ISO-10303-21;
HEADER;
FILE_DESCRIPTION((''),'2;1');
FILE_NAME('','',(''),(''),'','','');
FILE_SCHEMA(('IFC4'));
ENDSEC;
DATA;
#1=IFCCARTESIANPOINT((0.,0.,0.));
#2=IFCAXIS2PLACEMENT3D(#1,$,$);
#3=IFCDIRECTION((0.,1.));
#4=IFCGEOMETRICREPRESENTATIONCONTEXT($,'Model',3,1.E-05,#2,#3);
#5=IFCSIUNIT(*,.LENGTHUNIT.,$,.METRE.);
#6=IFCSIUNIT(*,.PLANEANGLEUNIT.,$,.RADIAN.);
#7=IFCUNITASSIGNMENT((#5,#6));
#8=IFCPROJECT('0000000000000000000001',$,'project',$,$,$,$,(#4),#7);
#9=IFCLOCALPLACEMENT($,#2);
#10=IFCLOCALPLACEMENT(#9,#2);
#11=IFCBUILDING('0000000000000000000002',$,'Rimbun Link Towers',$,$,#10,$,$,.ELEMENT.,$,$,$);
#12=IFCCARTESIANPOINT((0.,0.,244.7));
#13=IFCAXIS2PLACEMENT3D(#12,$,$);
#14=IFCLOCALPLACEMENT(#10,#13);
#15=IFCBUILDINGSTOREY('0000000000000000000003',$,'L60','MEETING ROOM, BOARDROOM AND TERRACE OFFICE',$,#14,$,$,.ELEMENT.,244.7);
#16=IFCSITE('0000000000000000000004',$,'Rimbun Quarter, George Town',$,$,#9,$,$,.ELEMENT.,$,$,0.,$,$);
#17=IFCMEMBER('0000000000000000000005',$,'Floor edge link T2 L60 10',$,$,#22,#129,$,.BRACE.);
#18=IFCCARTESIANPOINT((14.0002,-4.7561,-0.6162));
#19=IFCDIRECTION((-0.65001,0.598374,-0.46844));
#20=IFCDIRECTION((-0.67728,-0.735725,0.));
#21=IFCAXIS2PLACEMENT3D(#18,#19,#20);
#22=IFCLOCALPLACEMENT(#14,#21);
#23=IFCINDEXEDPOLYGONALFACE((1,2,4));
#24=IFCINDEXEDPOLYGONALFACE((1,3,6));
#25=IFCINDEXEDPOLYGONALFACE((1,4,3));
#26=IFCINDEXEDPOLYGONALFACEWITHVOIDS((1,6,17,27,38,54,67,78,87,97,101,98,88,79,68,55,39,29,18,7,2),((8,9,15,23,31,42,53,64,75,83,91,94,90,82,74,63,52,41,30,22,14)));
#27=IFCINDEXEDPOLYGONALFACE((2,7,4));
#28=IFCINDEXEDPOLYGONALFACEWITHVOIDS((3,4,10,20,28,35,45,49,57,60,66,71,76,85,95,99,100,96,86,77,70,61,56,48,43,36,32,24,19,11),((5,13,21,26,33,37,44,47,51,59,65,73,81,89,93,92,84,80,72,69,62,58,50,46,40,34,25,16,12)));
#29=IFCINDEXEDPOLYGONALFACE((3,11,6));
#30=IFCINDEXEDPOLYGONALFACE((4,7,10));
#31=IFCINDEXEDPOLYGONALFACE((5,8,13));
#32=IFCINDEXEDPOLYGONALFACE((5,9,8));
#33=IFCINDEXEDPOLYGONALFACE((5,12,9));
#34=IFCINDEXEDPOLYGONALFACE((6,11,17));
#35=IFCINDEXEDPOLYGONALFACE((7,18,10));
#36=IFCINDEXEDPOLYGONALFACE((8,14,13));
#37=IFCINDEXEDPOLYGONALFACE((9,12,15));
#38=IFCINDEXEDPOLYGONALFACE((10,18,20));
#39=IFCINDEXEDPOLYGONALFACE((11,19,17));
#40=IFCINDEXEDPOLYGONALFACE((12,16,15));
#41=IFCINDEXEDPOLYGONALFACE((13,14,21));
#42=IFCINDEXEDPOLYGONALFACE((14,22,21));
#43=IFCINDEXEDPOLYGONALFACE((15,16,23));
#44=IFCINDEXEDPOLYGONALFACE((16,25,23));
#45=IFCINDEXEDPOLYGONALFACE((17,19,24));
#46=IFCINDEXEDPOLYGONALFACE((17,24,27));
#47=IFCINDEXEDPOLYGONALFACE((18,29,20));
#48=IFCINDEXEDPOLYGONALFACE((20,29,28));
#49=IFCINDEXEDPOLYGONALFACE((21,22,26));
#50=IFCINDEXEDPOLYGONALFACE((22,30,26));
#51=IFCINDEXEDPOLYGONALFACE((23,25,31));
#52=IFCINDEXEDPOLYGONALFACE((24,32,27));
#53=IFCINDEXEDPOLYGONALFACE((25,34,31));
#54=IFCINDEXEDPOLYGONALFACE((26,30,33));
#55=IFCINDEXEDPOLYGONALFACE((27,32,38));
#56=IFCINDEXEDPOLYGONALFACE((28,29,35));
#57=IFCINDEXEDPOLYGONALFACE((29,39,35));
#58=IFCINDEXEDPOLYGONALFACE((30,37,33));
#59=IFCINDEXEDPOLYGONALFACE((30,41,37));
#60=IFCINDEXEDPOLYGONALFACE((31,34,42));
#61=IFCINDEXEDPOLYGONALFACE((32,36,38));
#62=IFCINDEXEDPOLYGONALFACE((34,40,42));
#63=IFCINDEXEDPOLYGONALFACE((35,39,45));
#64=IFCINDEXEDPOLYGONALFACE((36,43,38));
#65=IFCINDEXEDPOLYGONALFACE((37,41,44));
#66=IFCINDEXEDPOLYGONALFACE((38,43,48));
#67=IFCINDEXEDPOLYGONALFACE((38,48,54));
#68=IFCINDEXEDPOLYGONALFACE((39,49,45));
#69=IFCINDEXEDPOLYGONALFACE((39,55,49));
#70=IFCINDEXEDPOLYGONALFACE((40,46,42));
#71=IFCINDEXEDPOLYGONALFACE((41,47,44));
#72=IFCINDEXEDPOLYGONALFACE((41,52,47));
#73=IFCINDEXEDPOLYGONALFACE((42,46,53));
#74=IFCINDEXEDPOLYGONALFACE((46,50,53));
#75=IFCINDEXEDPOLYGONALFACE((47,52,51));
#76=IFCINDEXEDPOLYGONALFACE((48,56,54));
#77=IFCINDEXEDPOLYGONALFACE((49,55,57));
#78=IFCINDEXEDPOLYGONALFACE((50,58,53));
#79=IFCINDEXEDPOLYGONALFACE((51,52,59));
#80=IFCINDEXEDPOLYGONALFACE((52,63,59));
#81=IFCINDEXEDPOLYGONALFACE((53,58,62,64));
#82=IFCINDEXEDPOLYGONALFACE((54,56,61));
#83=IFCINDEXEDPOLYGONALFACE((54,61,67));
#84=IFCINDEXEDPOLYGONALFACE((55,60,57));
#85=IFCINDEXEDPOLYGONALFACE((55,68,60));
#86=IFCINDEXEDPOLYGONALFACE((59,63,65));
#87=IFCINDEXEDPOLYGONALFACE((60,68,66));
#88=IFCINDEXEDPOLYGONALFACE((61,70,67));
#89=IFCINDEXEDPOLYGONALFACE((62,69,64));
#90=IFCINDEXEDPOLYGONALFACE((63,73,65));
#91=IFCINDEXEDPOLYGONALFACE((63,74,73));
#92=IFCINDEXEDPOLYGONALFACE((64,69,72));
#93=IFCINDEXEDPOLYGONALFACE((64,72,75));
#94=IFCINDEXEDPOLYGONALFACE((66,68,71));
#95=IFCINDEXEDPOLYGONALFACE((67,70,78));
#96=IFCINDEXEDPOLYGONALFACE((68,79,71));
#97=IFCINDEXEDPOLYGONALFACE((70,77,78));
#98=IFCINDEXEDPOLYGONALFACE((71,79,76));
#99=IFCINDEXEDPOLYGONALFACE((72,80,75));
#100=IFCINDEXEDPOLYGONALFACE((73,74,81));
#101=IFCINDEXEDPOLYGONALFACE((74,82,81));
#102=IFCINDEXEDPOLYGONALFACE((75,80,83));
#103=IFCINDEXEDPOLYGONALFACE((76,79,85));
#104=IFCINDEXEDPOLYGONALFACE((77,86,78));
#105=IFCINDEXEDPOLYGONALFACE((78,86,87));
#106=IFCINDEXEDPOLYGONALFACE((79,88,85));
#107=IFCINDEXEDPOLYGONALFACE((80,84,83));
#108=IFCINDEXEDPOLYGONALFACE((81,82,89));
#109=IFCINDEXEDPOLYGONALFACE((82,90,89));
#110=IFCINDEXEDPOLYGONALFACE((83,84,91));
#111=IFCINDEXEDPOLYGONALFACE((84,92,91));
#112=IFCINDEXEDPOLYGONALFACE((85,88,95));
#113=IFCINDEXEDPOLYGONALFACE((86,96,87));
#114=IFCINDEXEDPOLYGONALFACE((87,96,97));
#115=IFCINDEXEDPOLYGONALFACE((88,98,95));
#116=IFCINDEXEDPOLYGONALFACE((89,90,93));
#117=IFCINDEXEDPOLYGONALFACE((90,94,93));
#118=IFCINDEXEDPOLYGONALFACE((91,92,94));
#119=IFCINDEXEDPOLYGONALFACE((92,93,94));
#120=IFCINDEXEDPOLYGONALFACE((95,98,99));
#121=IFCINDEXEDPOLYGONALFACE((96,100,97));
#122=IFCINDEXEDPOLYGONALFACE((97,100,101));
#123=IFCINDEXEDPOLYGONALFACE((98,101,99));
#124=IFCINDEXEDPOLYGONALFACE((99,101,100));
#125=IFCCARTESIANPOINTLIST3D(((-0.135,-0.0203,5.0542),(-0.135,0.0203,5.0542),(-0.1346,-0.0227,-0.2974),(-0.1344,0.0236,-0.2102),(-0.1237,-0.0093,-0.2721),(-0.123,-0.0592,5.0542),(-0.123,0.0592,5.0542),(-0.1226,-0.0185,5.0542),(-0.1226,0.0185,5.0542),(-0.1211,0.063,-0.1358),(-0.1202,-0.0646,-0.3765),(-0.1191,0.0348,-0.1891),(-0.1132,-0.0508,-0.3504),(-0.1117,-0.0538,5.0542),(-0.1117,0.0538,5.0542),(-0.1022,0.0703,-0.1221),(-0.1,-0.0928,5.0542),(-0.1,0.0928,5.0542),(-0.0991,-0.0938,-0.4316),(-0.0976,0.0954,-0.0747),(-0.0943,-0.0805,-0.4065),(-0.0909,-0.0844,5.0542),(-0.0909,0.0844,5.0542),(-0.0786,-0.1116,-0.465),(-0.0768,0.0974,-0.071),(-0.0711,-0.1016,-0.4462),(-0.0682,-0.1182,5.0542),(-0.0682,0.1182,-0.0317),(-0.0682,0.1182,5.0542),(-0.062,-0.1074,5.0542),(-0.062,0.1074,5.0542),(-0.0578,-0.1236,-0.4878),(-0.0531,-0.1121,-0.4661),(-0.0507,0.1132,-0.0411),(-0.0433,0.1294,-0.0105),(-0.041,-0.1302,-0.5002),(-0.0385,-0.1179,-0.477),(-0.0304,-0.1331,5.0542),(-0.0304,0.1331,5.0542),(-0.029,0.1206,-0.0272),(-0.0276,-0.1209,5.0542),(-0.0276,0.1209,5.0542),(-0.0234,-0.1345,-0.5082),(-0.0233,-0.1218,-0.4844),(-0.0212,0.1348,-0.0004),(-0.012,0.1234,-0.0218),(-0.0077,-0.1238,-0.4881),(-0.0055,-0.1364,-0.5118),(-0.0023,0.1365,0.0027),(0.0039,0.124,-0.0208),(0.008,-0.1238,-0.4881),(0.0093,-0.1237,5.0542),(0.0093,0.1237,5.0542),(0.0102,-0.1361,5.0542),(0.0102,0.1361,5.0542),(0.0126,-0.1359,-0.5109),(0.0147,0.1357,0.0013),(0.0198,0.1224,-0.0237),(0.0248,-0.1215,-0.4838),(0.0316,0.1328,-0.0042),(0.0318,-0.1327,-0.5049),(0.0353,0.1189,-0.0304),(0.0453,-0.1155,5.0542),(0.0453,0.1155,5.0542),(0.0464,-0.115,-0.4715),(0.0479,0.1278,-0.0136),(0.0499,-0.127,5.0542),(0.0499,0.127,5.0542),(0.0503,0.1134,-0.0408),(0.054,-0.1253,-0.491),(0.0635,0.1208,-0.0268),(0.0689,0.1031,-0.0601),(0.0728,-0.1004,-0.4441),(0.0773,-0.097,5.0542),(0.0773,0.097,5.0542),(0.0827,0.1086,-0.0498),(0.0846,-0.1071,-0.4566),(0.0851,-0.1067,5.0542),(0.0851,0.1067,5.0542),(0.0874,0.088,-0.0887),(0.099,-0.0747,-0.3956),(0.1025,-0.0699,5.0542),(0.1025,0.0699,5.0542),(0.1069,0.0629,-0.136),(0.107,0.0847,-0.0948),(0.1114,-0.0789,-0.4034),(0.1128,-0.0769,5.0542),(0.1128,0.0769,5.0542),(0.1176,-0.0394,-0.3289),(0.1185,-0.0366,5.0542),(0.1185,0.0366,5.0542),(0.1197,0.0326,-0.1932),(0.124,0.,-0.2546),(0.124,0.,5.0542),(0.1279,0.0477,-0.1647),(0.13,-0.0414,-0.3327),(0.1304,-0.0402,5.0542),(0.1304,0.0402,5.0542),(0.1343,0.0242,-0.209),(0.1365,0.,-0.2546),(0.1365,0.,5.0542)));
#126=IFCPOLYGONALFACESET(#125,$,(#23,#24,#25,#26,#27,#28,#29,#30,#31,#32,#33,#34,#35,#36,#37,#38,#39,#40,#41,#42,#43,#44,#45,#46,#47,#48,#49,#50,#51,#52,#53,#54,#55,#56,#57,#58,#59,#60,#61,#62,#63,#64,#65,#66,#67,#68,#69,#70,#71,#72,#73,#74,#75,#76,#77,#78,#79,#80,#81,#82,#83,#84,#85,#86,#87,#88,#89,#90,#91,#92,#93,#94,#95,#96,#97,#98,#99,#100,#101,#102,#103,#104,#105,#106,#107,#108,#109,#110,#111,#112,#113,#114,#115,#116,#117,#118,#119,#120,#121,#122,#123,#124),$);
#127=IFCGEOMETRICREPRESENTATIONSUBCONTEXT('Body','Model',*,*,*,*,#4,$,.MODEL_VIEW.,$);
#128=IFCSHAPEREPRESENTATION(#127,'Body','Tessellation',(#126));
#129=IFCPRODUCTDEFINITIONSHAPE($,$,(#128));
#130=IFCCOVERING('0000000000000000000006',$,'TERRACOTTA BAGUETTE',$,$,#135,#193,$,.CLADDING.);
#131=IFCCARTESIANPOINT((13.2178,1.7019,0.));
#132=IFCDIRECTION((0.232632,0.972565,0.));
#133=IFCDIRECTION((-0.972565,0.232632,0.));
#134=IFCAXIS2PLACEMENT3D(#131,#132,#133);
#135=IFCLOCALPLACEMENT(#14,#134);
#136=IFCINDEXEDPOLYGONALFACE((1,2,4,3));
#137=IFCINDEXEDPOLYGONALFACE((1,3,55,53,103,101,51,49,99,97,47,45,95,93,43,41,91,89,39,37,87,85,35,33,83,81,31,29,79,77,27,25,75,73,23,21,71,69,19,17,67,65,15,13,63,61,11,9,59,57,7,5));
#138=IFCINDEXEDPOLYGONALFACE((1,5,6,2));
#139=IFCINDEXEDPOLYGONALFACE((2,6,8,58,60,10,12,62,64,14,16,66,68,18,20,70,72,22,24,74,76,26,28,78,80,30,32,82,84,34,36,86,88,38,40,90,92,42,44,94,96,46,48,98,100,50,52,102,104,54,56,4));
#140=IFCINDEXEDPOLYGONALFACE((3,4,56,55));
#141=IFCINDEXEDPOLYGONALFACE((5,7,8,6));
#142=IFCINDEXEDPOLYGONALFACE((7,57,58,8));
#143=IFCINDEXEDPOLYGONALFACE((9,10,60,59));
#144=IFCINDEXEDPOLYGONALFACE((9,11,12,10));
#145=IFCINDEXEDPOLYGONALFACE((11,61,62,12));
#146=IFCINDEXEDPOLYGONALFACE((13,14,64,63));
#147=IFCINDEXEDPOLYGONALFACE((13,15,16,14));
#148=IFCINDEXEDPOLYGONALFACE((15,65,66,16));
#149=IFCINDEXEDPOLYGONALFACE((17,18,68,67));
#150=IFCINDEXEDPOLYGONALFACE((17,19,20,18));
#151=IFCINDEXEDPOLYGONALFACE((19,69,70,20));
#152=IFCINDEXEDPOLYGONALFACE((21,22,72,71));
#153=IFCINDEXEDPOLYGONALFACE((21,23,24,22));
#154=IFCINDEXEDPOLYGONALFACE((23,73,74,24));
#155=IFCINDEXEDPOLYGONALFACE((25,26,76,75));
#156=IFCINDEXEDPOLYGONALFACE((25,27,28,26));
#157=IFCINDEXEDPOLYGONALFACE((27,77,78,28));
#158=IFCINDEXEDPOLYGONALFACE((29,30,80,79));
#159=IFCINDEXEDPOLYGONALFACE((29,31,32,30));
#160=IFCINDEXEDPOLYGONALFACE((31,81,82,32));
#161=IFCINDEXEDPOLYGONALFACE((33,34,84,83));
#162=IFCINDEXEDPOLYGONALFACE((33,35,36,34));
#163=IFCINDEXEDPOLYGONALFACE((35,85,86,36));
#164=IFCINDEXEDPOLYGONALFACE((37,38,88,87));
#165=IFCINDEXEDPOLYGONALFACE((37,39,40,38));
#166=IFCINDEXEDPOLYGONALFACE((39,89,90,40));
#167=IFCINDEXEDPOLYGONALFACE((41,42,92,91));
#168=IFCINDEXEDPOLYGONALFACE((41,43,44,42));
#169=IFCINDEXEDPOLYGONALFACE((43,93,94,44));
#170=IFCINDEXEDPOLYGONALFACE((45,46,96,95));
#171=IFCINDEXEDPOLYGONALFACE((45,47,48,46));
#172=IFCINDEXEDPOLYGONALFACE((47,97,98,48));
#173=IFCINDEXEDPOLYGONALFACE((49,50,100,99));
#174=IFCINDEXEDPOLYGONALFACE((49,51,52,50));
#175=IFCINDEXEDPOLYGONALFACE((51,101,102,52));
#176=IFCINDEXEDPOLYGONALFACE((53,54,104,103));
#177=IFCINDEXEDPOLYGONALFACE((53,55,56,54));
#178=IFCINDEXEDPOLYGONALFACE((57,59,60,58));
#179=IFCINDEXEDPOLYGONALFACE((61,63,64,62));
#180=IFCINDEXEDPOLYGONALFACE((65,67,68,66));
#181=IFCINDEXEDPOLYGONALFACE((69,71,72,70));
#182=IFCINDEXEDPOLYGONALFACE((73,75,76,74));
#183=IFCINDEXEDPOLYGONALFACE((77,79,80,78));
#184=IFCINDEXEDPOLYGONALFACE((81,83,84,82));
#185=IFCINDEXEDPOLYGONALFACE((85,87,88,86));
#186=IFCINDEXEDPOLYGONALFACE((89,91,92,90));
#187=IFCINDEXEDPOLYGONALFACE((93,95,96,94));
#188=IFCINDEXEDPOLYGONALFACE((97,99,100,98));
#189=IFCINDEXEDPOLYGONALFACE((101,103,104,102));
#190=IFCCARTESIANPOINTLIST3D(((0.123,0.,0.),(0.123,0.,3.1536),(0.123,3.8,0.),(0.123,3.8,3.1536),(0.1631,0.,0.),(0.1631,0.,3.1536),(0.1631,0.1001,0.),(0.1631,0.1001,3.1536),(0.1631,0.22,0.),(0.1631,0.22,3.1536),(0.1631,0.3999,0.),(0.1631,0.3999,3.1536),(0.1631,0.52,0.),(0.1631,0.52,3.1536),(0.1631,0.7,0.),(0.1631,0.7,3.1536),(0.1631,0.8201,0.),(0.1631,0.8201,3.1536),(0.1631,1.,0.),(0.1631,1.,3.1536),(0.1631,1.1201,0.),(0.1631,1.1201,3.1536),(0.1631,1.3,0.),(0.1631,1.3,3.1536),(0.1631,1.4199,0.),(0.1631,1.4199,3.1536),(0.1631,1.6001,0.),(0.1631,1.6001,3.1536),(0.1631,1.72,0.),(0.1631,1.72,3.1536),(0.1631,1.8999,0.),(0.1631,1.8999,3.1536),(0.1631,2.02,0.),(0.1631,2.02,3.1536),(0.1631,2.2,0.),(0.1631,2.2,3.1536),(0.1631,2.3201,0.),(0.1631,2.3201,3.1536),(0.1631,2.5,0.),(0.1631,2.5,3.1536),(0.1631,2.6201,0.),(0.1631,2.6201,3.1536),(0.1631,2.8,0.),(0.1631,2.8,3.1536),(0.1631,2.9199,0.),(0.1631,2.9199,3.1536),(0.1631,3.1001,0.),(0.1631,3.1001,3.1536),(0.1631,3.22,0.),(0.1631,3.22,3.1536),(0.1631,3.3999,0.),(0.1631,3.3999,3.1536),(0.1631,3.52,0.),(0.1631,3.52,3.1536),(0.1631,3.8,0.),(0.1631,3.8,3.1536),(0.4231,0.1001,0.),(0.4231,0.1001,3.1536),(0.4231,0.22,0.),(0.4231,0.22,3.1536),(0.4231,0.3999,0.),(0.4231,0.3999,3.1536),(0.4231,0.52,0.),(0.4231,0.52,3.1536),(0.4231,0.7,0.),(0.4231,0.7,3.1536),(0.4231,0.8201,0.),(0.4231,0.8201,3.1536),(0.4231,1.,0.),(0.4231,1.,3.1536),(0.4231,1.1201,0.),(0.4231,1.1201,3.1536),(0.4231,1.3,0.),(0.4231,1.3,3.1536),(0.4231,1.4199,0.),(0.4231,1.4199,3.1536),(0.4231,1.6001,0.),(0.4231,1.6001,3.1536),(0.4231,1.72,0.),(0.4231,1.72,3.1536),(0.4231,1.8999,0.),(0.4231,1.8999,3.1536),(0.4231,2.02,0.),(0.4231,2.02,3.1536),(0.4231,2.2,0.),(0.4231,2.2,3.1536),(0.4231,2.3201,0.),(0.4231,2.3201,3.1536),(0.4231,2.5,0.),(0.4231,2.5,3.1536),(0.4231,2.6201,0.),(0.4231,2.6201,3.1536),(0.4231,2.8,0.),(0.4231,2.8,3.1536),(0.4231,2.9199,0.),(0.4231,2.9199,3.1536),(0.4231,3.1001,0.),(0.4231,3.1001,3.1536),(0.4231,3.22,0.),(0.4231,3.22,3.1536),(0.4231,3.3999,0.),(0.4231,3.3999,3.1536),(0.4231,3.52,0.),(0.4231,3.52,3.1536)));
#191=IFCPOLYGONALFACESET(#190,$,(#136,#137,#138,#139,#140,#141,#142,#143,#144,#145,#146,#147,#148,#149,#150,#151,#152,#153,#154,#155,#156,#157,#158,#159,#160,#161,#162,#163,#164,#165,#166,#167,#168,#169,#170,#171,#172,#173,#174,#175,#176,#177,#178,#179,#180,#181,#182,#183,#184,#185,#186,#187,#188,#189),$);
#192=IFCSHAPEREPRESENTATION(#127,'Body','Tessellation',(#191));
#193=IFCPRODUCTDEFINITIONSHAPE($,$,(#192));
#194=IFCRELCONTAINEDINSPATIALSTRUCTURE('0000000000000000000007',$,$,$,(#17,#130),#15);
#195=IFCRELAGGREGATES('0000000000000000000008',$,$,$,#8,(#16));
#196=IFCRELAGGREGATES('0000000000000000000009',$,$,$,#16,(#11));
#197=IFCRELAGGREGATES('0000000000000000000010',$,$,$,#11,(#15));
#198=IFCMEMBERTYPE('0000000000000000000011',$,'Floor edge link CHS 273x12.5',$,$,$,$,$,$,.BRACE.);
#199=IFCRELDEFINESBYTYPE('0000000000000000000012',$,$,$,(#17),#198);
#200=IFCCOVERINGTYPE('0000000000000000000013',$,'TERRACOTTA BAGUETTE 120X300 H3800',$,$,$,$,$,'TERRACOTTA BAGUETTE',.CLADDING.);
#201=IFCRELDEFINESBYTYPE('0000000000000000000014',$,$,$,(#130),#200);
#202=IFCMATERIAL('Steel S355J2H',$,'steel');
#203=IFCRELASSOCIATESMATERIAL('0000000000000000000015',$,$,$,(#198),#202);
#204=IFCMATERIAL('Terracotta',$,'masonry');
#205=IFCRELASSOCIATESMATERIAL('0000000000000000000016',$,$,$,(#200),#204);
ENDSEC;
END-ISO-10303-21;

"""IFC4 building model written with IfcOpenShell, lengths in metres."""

from ifc_helpers import new_model, si_unit, direction, frame, origin, origin_2d, place, context, subcontext, project, spatial, polyline, hollow_circle, outline, extrude, clip, halfspace, material, material_profile, profile_set, type_object, element, save


model = new_model("IFC4")

# Units and contexts
model_context = context("Model", 3, precision=1e-05, world=origin(), true_north=direction((0.0, 1.0)))
body_context = subcontext(model_context, "Body", "Model", "MODEL_VIEW")
ifc_project = project(units=[si_unit("LENGTHUNIT", "METRE"), si_unit("PLANEANGLEUNIT", "RADIAN")], contexts=[model_context])

# Site, building, storey
site_placement = place(None, origin())
site = spatial("IfcSite", under=ifc_project, at=site_placement, Name="Rimbun Quarter, George Town", CompositionType="ELEMENT", RefElevation=0.0)
building_placement = place(site_placement, origin())
building = spatial("IfcBuilding", under=site, at=building_placement, Name="Rimbun Link Towers", CompositionType="ELEMENT")
storey_placement = place(building_placement, frame((0.0, 0.0, 244.7)))
storey = spatial("IfcBuildingStorey", under=building, at=storey_placement, Name="L60", Description="MEETING ROOM, BOARDROOM AND TERRACE OFFICE", CompositionType="ELEMENT", Elevation=244.7)

# Member
ifc_material_1 = material(Name="Steel S355J2H", Category="steel")
ifc_material_profile_1 = material_profile(ifc_material_1, hollow_circle(Radius=0.1365, WallThickness=0.0125, at=origin_2d()), Name="CHS 273x12.5")
ifc_profile_set_1 = profile_set([ifc_material_profile_1], Name="Steel S355J2H")
member_type_1 = type_object("IfcMemberType", Name="Floor edge link CHS 273x12.5", PredefinedType="BRACE", material=ifc_profile_set_1)
member_1_placement = place(storey_placement, frame((14.0002, -4.7561, -0.6162), z_axis=(-0.65001, 0.598374, -0.46844), x_axis=(-0.67728, -0.735725, 0.0)))
element("IfcMember", 1, at=member_1_placement, inside=storey, type_object=member_type_1, Name="Floor edge link T2 L60 10", PredefinedType="BRACE", context=body_context, shape_type="Clipping", body=[
    clip(extrude(hollow_circle(Radius=0.1365, WallThickness=0.0125, at=origin_2d()), frame((0.0, 0.0, -0.5364)), (0.0, 0.0, 1.0), 5.5906), halfspace(frame((0.0, 0.0, -0.2546), z_axis=(0.0, 0.883495, -0.46844)), False)),
])

# Covering
ifc_material_2 = material(Name="Terracotta", Category="masonry")
ifc_material_profile_2 = material_profile(ifc_material_2, outline(polyline([(0.123, 0.0), (0.1631, 0.0), (0.1631, 0.1001), (0.4231, 0.1001), (0.4231, 0.22), (0.1631, 0.22), (0.1631, 0.3999), (0.4231, 0.3999), (0.4231, 0.52), (0.1631, 0.52), (0.1631, 0.7), (0.4231, 0.7), (0.4231, 0.8201), (0.1631, 0.8201), (0.1631, 1.0), (0.4231, 1.0), (0.4231, 1.1201), (0.1631, 1.1201), (0.1631, 1.3), (0.4231, 1.3), (0.4231, 1.4199), (0.1631, 1.4199), (0.1631, 1.6001), (0.4231, 1.6001), (0.4231, 1.72), (0.1631, 1.72), (0.1631, 1.8999), (0.4231, 1.8999), (0.4231, 2.02), (0.1631, 2.02), (0.1631, 2.2), (0.4231, 2.2), (0.4231, 2.3201), (0.1631, 2.3201), (0.1631, 2.5), (0.4231, 2.5), (0.4231, 2.6201), (0.1631, 2.6201), (0.1631, 2.8), (0.4231, 2.8), (0.4231, 2.9199), (0.1631, 2.9199), (0.1631, 3.1001), (0.4231, 3.1001), (0.4231, 3.22), (0.1631, 3.22), (0.1631, 3.3999), (0.4231, 3.3999), (0.4231, 3.52), (0.1631, 3.52), (0.1631, 3.8), (0.123, 3.8), (0.123, 0.0)])), Name="BAGUETTE 120X300")
ifc_profile_set_2 = profile_set([ifc_material_profile_2], Name="Terracotta")
covering_type_1 = type_object("IfcCoveringType", Name="TERRACOTTA BAGUETTE 120X300 H3800", ElementType="TERRACOTTA BAGUETTE", PredefinedType="CLADDING", material=ifc_profile_set_2)
covering_1_placement = place(storey_placement, frame((13.2178, 1.7019, 0.0), z_axis=(0.232632, 0.972565, 0.0), x_axis=(-0.972565, 0.232632, 0.0)))
element("IfcCovering", 2, at=covering_1_placement, inside=storey, type_object=covering_type_1, Name="TERRACOTTA BAGUETTE", PredefinedType="CLADDING", context=body_context, shape_type="SweptSolid", body=[
    extrude(outline(polyline([(0.123, 0.0), (0.1631, 0.0), (0.1631, 0.1001), (0.4231, 0.1001), (0.4231, 0.22), (0.1631, 0.22), (0.1631, 0.3999), (0.4231, 0.3999), (0.4231, 0.52), (0.1631, 0.52), (0.1631, 0.7), (0.4231, 0.7), (0.4231, 0.8201), (0.1631, 0.8201), (0.1631, 1.0), (0.4231, 1.0), (0.4231, 1.1201), (0.1631, 1.1201), (0.1631, 1.3), (0.4231, 1.3), (0.4231, 1.4199), (0.1631, 1.4199), (0.1631, 1.6001), (0.4231, 1.6001), (0.4231, 1.72), (0.1631, 1.72), (0.1631, 1.8999), (0.4231, 1.8999), (0.4231, 2.02), (0.1631, 2.02), (0.1631, 2.2), (0.4231, 2.2), (0.4231, 2.3201), (0.1631, 2.3201), (0.1631, 2.5), (0.4231, 2.5), (0.4231, 2.6201), (0.1631, 2.6201), (0.1631, 2.8), (0.4231, 2.8), (0.4231, 2.9199), (0.1631, 2.9199), (0.1631, 3.1001), (0.4231, 3.1001), (0.4231, 3.22), (0.1631, 3.22), (0.1631, 3.3999), (0.4231, 3.3999), (0.4231, 3.52), (0.1631, 3.52), (0.1631, 3.8), (0.123, 3.8), (0.123, 0.0)])), origin(), (0.0, 0.0, 1.0), 3.1536),
])

save(model, "model.ifc")
